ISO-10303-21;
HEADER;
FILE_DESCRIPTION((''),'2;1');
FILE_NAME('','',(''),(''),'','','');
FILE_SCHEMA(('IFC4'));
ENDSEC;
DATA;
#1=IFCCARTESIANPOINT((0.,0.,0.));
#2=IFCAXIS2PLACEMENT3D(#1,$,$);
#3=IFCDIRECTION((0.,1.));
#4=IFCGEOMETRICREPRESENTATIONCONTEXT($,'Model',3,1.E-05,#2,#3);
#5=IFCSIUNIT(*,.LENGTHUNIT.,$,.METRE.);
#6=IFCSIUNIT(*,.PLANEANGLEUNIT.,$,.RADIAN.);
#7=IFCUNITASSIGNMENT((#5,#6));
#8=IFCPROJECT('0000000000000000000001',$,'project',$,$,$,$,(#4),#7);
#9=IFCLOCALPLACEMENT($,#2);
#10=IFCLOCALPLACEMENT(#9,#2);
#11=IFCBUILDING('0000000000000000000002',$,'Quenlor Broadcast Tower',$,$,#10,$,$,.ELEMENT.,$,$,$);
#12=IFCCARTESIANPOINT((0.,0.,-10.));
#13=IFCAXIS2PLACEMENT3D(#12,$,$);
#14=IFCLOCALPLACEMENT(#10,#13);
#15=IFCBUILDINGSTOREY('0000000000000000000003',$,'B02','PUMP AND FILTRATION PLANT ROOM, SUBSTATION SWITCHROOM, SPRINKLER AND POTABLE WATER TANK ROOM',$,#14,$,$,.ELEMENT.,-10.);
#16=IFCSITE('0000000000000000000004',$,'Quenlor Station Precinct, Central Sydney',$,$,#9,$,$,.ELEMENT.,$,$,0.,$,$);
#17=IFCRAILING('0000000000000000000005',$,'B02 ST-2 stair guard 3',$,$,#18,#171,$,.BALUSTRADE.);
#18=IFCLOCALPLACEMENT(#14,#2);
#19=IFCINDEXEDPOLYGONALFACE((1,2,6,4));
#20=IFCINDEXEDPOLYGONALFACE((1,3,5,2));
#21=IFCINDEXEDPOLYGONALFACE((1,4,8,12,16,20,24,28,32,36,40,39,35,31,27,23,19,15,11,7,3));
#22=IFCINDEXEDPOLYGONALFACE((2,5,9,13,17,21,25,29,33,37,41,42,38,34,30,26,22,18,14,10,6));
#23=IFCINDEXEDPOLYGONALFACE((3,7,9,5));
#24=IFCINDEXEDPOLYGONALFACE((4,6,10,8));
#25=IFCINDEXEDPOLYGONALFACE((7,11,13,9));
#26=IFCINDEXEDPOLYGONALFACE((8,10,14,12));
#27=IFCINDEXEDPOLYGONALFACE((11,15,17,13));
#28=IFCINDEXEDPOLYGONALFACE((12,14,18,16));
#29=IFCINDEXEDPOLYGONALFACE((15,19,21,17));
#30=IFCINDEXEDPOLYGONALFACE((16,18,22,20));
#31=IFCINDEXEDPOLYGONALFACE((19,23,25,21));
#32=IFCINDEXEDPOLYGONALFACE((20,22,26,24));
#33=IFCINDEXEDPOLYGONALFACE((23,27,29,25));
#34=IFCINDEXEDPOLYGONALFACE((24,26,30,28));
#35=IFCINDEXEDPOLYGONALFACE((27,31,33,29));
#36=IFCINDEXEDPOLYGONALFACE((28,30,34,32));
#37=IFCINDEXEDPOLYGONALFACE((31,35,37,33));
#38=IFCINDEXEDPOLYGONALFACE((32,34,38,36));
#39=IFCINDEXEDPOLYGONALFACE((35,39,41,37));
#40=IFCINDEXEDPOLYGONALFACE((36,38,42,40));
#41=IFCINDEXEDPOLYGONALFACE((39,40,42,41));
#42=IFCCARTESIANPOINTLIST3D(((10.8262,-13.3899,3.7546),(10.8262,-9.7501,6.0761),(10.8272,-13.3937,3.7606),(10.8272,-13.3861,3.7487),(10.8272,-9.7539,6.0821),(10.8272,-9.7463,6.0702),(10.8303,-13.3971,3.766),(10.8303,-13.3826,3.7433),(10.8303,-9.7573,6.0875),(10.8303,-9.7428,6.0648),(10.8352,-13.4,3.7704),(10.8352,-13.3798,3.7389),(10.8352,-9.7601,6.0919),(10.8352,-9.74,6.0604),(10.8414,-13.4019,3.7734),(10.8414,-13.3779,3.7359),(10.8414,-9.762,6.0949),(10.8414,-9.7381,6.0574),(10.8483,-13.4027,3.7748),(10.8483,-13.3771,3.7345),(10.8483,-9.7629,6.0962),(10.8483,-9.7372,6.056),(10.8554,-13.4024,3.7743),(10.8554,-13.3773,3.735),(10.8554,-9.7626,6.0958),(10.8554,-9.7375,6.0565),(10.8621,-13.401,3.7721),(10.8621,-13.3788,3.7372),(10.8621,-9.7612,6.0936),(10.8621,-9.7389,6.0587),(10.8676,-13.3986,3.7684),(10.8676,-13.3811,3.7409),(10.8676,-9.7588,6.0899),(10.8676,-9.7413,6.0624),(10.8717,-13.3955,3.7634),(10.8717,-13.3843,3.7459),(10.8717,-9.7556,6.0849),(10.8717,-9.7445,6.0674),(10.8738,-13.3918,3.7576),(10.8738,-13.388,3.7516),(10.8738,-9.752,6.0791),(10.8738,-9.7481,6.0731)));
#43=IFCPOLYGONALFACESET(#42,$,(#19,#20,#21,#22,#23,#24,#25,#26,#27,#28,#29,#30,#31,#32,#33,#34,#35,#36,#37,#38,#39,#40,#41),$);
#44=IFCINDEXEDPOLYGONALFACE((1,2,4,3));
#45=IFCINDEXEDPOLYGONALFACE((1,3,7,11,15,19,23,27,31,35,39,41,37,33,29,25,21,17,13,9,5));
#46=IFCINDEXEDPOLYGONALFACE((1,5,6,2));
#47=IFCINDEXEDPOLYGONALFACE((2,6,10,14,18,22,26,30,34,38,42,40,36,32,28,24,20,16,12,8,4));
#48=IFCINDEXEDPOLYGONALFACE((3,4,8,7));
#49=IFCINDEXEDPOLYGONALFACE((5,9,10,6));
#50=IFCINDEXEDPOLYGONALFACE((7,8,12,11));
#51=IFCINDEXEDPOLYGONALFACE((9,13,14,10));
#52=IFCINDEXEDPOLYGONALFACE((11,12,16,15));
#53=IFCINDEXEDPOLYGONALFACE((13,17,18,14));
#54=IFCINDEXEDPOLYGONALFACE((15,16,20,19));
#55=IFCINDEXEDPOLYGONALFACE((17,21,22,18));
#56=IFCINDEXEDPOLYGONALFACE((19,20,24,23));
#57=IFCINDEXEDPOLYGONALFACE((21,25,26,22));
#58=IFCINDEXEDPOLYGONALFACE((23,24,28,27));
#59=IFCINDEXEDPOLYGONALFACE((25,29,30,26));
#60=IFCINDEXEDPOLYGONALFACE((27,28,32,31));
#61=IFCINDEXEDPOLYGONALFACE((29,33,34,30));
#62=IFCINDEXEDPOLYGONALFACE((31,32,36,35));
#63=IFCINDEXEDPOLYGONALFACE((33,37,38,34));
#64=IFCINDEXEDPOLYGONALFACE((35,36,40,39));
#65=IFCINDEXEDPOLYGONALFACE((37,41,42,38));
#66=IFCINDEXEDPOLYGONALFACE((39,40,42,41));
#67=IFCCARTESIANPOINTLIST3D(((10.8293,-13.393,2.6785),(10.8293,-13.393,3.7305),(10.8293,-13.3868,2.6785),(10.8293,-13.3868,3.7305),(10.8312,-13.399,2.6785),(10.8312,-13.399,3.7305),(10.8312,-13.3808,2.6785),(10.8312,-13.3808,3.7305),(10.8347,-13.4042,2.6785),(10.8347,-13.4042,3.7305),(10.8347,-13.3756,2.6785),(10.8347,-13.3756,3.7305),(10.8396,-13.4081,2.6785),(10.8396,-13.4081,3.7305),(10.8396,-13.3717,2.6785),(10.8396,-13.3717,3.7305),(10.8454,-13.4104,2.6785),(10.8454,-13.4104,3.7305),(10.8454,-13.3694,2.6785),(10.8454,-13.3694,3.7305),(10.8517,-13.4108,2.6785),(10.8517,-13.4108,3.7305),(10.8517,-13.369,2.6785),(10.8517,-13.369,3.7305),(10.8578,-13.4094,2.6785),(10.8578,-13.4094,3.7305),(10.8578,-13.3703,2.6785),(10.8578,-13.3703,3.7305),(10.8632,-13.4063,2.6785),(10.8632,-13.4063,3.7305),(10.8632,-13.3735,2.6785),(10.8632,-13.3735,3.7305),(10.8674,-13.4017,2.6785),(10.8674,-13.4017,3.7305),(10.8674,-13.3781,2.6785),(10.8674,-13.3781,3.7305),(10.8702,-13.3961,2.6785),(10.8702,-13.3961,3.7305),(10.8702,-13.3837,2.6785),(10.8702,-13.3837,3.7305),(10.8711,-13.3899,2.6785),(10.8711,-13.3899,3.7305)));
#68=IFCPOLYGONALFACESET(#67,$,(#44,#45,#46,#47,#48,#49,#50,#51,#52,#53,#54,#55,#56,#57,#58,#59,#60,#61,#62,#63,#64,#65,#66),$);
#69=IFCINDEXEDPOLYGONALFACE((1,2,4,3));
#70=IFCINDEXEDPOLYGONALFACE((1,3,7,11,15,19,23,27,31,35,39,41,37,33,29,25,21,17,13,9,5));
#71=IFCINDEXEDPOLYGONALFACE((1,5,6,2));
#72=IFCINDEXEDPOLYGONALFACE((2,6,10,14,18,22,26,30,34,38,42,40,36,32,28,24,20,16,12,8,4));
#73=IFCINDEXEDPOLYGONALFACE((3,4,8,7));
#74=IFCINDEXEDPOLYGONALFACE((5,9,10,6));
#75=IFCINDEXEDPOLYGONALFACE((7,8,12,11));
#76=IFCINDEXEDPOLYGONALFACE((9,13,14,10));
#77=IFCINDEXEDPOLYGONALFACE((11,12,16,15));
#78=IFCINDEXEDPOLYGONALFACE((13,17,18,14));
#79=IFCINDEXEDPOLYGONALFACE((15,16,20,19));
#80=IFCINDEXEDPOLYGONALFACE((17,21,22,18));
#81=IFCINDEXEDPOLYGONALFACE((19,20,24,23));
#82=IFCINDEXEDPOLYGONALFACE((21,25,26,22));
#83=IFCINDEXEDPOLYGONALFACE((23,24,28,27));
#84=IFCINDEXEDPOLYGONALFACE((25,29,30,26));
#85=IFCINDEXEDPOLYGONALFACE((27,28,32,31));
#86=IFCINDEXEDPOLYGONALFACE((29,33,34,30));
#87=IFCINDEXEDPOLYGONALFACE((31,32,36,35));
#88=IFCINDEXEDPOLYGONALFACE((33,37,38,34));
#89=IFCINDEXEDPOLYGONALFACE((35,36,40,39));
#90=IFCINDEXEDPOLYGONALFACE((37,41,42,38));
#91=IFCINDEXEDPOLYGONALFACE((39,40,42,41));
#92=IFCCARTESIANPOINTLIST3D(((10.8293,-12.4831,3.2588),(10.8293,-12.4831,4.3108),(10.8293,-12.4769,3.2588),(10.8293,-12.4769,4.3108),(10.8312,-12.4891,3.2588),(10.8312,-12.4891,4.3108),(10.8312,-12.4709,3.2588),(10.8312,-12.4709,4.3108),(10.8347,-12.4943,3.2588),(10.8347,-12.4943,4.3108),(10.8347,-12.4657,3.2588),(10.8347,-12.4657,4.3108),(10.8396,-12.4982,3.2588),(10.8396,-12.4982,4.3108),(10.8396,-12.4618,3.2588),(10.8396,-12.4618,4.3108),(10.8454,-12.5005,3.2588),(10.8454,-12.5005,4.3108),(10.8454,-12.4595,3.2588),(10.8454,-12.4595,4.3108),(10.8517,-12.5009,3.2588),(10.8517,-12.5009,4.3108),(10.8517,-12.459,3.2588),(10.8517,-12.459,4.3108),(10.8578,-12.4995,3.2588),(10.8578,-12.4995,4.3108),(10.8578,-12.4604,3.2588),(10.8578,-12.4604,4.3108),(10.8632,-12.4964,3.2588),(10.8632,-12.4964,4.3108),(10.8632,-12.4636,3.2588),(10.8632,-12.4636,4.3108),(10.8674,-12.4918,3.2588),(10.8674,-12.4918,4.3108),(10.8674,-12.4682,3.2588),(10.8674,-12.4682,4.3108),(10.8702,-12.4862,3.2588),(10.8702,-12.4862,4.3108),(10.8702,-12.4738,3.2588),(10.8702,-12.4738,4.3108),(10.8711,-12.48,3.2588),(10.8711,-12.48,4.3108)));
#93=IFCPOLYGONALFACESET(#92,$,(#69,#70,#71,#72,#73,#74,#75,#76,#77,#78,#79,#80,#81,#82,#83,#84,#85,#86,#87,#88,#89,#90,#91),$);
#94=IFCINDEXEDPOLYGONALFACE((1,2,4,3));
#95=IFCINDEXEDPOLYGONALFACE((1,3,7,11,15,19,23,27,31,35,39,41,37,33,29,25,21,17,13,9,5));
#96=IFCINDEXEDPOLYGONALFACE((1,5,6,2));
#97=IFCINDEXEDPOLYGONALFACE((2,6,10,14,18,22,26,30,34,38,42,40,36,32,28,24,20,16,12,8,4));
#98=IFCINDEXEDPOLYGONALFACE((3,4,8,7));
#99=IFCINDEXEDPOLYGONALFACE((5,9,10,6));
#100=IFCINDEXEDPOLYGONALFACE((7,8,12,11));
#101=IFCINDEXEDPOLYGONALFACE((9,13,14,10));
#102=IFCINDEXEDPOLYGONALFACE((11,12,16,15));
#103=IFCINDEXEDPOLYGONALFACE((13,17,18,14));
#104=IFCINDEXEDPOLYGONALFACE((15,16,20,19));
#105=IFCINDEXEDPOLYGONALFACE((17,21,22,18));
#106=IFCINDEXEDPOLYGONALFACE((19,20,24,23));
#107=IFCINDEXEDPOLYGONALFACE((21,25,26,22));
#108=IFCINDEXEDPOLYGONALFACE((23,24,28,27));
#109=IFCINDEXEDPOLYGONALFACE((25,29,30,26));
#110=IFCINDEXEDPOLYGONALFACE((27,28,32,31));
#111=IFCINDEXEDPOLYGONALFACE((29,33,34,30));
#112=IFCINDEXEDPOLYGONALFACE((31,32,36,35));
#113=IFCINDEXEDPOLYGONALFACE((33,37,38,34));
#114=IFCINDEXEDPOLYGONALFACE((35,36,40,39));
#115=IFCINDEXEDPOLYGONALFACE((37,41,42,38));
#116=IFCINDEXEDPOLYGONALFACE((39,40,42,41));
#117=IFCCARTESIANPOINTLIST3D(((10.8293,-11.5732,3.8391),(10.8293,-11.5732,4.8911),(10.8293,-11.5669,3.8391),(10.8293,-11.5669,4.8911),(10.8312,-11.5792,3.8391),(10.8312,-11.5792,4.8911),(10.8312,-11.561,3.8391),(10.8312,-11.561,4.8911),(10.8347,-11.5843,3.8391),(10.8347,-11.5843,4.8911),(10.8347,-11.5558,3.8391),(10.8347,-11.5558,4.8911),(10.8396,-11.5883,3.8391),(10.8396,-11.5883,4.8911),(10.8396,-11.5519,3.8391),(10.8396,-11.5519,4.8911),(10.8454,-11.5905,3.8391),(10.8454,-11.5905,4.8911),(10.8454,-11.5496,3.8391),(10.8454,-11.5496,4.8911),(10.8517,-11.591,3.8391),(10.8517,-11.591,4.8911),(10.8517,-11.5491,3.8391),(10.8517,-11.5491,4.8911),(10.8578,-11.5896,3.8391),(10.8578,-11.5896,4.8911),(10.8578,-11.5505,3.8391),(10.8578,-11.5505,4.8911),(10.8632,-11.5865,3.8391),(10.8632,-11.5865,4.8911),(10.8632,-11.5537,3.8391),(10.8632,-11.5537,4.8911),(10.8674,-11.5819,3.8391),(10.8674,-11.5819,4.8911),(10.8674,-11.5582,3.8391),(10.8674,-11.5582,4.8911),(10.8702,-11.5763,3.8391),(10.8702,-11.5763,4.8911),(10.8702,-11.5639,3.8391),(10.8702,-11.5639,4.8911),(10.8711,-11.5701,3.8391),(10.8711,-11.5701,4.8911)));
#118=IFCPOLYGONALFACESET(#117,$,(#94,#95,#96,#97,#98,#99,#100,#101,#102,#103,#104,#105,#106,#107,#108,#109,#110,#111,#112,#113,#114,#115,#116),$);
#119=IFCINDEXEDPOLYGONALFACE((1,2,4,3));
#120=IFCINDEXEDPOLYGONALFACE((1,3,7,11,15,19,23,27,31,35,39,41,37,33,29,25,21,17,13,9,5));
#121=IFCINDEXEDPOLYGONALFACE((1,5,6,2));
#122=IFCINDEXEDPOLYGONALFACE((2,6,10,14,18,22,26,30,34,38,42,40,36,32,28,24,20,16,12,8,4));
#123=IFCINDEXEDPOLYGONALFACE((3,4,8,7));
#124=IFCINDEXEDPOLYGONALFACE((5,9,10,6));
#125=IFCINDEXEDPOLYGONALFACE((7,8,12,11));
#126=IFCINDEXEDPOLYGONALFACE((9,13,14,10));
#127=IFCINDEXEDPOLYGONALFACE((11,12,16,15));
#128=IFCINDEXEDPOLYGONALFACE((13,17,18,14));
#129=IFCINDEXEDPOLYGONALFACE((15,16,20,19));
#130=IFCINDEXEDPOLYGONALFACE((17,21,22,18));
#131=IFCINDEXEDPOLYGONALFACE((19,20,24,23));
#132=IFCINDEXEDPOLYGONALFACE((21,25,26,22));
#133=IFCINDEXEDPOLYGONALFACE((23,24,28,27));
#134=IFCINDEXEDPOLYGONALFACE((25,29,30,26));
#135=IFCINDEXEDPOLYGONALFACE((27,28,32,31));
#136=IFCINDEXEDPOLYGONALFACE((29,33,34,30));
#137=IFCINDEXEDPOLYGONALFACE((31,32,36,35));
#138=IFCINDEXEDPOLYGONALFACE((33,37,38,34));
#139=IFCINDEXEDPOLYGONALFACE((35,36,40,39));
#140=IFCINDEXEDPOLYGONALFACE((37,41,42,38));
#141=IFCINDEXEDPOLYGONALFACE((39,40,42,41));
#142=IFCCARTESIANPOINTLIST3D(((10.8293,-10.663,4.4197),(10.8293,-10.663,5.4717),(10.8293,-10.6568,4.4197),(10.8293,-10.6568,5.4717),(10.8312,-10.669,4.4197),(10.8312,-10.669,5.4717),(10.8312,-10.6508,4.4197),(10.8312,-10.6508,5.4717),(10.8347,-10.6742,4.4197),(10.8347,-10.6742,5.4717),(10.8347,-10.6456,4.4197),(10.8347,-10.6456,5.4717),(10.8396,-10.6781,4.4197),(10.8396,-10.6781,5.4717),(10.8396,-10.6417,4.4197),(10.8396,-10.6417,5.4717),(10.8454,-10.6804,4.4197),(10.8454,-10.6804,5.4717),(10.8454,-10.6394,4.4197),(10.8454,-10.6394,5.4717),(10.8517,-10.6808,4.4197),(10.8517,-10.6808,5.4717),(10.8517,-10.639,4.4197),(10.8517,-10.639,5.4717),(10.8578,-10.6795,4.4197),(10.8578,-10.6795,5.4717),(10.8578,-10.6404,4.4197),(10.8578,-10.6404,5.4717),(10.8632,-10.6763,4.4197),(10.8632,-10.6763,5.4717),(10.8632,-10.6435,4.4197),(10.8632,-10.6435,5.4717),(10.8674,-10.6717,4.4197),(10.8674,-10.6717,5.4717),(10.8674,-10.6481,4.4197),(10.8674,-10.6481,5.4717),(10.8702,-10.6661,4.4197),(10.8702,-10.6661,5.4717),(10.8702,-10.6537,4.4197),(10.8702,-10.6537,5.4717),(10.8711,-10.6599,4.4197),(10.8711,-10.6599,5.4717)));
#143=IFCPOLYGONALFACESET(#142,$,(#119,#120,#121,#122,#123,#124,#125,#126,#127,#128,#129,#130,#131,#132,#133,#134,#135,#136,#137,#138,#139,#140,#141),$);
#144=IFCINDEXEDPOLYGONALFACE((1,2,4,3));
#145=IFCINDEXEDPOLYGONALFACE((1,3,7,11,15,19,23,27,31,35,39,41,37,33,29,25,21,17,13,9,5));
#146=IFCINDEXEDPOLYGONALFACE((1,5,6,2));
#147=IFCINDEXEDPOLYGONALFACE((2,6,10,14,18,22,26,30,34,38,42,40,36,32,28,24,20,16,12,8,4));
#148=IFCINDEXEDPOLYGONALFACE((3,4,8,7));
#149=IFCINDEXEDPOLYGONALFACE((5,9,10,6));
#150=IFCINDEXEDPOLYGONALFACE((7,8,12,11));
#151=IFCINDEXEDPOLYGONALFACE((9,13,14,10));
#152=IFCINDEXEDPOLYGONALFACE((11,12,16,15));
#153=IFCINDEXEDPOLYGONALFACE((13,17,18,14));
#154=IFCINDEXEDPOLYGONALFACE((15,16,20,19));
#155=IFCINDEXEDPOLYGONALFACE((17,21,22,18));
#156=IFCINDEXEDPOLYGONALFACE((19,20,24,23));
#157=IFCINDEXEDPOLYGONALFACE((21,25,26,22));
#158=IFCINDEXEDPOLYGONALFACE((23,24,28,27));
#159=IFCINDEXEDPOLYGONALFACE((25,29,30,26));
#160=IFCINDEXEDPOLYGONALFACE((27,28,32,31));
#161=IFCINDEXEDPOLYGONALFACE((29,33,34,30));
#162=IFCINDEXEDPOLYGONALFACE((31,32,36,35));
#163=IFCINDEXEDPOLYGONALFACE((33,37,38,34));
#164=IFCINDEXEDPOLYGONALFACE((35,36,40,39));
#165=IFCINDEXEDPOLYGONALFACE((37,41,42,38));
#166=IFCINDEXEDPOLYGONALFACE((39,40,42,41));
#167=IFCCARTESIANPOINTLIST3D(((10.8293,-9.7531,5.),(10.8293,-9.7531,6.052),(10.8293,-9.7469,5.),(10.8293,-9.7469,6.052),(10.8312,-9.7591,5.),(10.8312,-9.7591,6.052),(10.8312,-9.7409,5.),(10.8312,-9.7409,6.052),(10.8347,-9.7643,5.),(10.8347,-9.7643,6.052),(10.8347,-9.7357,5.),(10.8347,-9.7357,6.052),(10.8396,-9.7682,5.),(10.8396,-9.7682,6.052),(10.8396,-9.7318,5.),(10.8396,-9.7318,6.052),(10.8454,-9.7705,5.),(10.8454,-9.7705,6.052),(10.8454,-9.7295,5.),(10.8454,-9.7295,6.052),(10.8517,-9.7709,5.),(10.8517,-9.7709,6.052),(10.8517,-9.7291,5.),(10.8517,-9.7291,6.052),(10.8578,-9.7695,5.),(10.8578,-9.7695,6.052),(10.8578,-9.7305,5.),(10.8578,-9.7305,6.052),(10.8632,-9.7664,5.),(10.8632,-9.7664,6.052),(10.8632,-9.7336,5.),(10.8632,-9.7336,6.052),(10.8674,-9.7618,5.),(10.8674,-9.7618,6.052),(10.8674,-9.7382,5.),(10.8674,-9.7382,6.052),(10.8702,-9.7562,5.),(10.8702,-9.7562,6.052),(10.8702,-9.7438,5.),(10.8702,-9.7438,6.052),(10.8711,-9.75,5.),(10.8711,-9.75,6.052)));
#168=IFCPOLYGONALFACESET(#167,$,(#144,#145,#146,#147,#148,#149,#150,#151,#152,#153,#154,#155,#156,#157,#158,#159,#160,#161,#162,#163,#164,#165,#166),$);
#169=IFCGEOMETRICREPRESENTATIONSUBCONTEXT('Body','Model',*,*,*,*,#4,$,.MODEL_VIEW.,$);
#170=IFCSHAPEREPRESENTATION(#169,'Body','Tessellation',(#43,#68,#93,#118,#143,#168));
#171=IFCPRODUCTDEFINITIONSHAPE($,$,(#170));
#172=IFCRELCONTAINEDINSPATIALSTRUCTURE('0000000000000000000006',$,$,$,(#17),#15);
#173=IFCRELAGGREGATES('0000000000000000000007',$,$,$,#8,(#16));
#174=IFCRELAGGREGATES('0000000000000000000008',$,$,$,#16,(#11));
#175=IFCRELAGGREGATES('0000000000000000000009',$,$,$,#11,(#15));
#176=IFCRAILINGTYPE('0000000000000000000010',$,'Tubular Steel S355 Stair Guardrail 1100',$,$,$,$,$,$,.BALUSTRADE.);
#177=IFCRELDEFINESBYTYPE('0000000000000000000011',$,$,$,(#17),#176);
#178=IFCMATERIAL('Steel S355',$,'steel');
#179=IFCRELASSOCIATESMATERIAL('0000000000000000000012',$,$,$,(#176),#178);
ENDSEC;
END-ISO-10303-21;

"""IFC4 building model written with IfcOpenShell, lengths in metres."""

from ifc_helpers import new_model, si_unit, direction, frame, origin, origin_2d, place, context, subcontext, project, spatial, circle, extrude, material, type_object, element, save


model = new_model("IFC4")

# Units and contexts
model_context = context("Model", 3, precision=1e-05, world=origin(), true_north=direction((0.0, 1.0)))
body_context = subcontext(model_context, "Body", "Model", "MODEL_VIEW")
ifc_project = project(units=[si_unit("LENGTHUNIT", "METRE"), si_unit("PLANEANGLEUNIT", "RADIAN")], contexts=[model_context])

# Site, building, storey
site_placement = place(None, origin())
site = spatial("IfcSite", under=ifc_project, at=site_placement, Name="Quenlor Station Precinct, Central Sydney", CompositionType="ELEMENT", RefElevation=0.0)
building_placement = place(site_placement, origin())
building = spatial("IfcBuilding", under=site, at=building_placement, Name="Quenlor Broadcast Tower", CompositionType="ELEMENT")
storey_placement = place(building_placement, frame((0.0, 0.0, -10.0)))
storey = spatial("IfcBuildingStorey", under=building, at=storey_placement, Name="B02", Description="PUMP AND FILTRATION PLANT ROOM, SUBSTATION SWITCHROOM, SPRINKLER AND POTABLE WATER TANK ROOM", CompositionType="ELEMENT", Elevation=-10.0)

# Railing
ifc_material_1 = material(Name="Steel S355", Category="steel")
railing_type_1 = type_object("IfcRailingType", Name="Tubular Steel S355 Stair Guardrail 1100", PredefinedType="BALUSTRADE", material=ifc_material_1)
railing_1_placement = place(storey_placement, frame((10.8501, -13.3899, 2.6785)))
element("IfcRailing", 1, at=railing_1_placement, inside=storey, type_object=railing_type_1, Name="B02 ST-2 stair guard 3", PredefinedType="BALUSTRADE", context=body_context, shape_type="SweptSolid", body=[
    extrude(circle(Radius=0.0239, at=origin_2d()), frame((0.0, 0.0, 1.0762), z_axis=(0.0, 0.843112, 0.537739), x_axis=(-1.0, 0.0, 0.0)), (0.0, 0.0, 1.0), 4.3171),
    extrude(circle(Radius=0.021, at=origin_2d()), origin(), (0.0, 0.0, 1.0), 1.052),
    extrude(circle(Radius=0.021, at=origin_2d()), frame((0.0, 0.9099, 0.5803)), (0.0, 0.0, 1.0), 1.052),
    extrude(circle(Radius=0.021, at=origin_2d()), frame((0.0, 1.8198, 1.1606)), (0.0, 0.0, 1.0), 1.052),
    extrude(circle(Radius=0.021, at=origin_2d()), frame((0.0, 2.73, 1.7412)), (0.0, 0.0, 1.0), 1.052),
    extrude(circle(Radius=0.021, at=origin_2d()), frame((0.0, 3.6399, 2.3215)), (0.0, 0.0, 1.0), 1.052),
])

save(model, "model.ifc")
